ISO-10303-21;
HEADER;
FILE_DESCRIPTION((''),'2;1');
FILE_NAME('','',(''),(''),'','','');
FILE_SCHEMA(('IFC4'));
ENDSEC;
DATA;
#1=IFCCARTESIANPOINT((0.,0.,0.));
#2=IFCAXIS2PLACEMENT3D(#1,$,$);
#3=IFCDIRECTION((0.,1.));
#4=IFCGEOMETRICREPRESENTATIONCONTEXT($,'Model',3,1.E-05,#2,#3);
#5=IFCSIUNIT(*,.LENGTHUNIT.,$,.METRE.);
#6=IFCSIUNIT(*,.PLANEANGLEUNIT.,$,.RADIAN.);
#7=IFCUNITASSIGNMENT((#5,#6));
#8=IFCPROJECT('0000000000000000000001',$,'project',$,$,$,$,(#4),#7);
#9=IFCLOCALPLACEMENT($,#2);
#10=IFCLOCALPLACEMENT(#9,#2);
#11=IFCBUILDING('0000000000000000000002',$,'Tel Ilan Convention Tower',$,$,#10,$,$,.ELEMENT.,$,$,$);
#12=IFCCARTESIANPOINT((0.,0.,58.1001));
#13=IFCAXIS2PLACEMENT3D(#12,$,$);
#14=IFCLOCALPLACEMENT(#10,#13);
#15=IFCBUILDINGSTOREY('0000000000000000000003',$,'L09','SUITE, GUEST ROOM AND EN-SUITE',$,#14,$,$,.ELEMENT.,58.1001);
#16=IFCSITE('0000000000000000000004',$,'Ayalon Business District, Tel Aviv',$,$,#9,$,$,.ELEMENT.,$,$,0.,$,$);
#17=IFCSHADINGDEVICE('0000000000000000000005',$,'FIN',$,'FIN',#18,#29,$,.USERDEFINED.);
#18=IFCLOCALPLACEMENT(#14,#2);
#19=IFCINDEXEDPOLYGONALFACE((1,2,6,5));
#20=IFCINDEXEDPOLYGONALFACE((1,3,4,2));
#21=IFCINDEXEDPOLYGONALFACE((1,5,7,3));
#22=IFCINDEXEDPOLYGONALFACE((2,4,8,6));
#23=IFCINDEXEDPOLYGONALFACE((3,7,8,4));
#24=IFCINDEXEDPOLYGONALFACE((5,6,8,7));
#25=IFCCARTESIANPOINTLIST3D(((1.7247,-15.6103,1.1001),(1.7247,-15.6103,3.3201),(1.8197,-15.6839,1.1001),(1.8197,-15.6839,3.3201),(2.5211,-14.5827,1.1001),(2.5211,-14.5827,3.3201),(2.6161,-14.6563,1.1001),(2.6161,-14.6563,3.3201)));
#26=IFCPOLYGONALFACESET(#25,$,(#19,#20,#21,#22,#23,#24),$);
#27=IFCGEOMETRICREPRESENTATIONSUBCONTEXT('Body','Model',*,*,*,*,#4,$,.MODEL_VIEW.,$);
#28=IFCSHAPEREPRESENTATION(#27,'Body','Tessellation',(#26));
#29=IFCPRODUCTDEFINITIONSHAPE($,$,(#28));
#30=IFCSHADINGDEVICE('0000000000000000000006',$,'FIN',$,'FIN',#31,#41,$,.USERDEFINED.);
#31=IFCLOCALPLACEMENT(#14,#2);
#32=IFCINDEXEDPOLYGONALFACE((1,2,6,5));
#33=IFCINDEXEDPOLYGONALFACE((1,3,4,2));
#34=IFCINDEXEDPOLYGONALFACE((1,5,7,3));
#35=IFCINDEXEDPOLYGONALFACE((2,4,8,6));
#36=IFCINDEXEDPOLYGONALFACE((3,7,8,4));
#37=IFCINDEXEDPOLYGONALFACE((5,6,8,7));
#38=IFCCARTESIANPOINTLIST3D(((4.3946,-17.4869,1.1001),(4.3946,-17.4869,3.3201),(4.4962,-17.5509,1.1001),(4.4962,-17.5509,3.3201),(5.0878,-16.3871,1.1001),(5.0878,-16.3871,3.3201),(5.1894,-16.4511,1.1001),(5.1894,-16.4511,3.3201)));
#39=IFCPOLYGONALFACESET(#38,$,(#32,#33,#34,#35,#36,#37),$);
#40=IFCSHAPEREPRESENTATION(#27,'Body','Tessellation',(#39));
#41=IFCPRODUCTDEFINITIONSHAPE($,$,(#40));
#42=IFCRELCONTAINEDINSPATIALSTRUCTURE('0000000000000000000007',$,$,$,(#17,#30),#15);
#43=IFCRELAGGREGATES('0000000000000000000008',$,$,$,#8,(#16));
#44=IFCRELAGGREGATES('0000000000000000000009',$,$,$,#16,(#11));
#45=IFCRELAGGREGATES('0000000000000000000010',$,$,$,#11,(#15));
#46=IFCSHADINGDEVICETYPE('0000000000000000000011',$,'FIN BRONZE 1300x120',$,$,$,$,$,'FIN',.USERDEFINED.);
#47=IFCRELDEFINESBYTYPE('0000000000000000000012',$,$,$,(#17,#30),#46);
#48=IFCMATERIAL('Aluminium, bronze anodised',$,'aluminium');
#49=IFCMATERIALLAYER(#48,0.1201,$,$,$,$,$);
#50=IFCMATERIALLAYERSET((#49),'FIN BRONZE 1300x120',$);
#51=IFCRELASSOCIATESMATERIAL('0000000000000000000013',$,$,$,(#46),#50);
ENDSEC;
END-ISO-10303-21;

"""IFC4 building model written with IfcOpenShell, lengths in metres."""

from ifc_helpers import new_model, si_unit, direction, frame, origin, origin_2d, place, context, subcontext, project, spatial, rectangle, extrude, material, layer, layer_set, type_object, element, save


model = new_model("IFC4")

# Units and contexts
model_context = context("Model", 3, precision=1e-05, world=origin(), true_north=direction((0.0, 1.0)))
body_context = subcontext(model_context, "Body", "Model", "MODEL_VIEW")
ifc_project = project(units=[si_unit("LENGTHUNIT", "METRE"), si_unit("PLANEANGLEUNIT", "RADIAN")], contexts=[model_context])

# Site, building, storey
site_placement = place(None, origin())
site = spatial("IfcSite", under=ifc_project, at=site_placement, Name="Ayalon Business District, Tel Aviv", CompositionType="ELEMENT", RefElevation=0.0)
building_placement = place(site_placement, origin())
building = spatial("IfcBuilding", under=site, at=building_placement, Name="Tel Ilan Convention Tower", CompositionType="ELEMENT")
storey_placement = place(building_placement, frame((0.0, 0.0, 58.1001)))
storey = spatial("IfcBuildingStorey", under=building, at=storey_placement, Name="L09", Description="SUITE, GUEST ROOM AND EN-SUITE", CompositionType="ELEMENT", Elevation=58.1001)

# Shading devices
ifc_material_1 = material(Name="Aluminium, bronze anodised", Category="aluminium")
ifc_layer_1 = layer(ifc_material_1, 0.1201)
ifc_layer_set_1 = layer_set([ifc_layer_1], Name="FIN BRONZE 1300x120")
shading_device_type = type_object("IfcShadingDeviceType", Name="FIN BRONZE 1300x120", ElementType="FIN", PredefinedType="USERDEFINED", material=ifc_layer_set_1)
for number, where, z_axis, x_axis, name in (
    (1, (2.1704, -15.1333, 1.1001), (0.0, 0.0, 1.0), (-0.612601, -0.790393, 0.0), "FIN"),
    (2, (4.792, -16.969, 1.1001), (0.0, 0.0, 1.0), (-0.533204, -0.845986, 0.0), "FIN"),
):
    element("IfcShadingDevice", number, at=place(storey_placement, frame(where, z_axis=z_axis, x_axis=x_axis)), inside=storey, type_object=shading_device_type, Name=name, ObjectType="FIN", PredefinedType="USERDEFINED", context=body_context, shape_type="SweptSolid", body=[
        extrude(rectangle(XDim=1.3, YDim=0.1201, at=origin_2d()), origin(), (0.0, 0.0, 1.0), 2.22),
    ])

save(model, "model.ifc")
